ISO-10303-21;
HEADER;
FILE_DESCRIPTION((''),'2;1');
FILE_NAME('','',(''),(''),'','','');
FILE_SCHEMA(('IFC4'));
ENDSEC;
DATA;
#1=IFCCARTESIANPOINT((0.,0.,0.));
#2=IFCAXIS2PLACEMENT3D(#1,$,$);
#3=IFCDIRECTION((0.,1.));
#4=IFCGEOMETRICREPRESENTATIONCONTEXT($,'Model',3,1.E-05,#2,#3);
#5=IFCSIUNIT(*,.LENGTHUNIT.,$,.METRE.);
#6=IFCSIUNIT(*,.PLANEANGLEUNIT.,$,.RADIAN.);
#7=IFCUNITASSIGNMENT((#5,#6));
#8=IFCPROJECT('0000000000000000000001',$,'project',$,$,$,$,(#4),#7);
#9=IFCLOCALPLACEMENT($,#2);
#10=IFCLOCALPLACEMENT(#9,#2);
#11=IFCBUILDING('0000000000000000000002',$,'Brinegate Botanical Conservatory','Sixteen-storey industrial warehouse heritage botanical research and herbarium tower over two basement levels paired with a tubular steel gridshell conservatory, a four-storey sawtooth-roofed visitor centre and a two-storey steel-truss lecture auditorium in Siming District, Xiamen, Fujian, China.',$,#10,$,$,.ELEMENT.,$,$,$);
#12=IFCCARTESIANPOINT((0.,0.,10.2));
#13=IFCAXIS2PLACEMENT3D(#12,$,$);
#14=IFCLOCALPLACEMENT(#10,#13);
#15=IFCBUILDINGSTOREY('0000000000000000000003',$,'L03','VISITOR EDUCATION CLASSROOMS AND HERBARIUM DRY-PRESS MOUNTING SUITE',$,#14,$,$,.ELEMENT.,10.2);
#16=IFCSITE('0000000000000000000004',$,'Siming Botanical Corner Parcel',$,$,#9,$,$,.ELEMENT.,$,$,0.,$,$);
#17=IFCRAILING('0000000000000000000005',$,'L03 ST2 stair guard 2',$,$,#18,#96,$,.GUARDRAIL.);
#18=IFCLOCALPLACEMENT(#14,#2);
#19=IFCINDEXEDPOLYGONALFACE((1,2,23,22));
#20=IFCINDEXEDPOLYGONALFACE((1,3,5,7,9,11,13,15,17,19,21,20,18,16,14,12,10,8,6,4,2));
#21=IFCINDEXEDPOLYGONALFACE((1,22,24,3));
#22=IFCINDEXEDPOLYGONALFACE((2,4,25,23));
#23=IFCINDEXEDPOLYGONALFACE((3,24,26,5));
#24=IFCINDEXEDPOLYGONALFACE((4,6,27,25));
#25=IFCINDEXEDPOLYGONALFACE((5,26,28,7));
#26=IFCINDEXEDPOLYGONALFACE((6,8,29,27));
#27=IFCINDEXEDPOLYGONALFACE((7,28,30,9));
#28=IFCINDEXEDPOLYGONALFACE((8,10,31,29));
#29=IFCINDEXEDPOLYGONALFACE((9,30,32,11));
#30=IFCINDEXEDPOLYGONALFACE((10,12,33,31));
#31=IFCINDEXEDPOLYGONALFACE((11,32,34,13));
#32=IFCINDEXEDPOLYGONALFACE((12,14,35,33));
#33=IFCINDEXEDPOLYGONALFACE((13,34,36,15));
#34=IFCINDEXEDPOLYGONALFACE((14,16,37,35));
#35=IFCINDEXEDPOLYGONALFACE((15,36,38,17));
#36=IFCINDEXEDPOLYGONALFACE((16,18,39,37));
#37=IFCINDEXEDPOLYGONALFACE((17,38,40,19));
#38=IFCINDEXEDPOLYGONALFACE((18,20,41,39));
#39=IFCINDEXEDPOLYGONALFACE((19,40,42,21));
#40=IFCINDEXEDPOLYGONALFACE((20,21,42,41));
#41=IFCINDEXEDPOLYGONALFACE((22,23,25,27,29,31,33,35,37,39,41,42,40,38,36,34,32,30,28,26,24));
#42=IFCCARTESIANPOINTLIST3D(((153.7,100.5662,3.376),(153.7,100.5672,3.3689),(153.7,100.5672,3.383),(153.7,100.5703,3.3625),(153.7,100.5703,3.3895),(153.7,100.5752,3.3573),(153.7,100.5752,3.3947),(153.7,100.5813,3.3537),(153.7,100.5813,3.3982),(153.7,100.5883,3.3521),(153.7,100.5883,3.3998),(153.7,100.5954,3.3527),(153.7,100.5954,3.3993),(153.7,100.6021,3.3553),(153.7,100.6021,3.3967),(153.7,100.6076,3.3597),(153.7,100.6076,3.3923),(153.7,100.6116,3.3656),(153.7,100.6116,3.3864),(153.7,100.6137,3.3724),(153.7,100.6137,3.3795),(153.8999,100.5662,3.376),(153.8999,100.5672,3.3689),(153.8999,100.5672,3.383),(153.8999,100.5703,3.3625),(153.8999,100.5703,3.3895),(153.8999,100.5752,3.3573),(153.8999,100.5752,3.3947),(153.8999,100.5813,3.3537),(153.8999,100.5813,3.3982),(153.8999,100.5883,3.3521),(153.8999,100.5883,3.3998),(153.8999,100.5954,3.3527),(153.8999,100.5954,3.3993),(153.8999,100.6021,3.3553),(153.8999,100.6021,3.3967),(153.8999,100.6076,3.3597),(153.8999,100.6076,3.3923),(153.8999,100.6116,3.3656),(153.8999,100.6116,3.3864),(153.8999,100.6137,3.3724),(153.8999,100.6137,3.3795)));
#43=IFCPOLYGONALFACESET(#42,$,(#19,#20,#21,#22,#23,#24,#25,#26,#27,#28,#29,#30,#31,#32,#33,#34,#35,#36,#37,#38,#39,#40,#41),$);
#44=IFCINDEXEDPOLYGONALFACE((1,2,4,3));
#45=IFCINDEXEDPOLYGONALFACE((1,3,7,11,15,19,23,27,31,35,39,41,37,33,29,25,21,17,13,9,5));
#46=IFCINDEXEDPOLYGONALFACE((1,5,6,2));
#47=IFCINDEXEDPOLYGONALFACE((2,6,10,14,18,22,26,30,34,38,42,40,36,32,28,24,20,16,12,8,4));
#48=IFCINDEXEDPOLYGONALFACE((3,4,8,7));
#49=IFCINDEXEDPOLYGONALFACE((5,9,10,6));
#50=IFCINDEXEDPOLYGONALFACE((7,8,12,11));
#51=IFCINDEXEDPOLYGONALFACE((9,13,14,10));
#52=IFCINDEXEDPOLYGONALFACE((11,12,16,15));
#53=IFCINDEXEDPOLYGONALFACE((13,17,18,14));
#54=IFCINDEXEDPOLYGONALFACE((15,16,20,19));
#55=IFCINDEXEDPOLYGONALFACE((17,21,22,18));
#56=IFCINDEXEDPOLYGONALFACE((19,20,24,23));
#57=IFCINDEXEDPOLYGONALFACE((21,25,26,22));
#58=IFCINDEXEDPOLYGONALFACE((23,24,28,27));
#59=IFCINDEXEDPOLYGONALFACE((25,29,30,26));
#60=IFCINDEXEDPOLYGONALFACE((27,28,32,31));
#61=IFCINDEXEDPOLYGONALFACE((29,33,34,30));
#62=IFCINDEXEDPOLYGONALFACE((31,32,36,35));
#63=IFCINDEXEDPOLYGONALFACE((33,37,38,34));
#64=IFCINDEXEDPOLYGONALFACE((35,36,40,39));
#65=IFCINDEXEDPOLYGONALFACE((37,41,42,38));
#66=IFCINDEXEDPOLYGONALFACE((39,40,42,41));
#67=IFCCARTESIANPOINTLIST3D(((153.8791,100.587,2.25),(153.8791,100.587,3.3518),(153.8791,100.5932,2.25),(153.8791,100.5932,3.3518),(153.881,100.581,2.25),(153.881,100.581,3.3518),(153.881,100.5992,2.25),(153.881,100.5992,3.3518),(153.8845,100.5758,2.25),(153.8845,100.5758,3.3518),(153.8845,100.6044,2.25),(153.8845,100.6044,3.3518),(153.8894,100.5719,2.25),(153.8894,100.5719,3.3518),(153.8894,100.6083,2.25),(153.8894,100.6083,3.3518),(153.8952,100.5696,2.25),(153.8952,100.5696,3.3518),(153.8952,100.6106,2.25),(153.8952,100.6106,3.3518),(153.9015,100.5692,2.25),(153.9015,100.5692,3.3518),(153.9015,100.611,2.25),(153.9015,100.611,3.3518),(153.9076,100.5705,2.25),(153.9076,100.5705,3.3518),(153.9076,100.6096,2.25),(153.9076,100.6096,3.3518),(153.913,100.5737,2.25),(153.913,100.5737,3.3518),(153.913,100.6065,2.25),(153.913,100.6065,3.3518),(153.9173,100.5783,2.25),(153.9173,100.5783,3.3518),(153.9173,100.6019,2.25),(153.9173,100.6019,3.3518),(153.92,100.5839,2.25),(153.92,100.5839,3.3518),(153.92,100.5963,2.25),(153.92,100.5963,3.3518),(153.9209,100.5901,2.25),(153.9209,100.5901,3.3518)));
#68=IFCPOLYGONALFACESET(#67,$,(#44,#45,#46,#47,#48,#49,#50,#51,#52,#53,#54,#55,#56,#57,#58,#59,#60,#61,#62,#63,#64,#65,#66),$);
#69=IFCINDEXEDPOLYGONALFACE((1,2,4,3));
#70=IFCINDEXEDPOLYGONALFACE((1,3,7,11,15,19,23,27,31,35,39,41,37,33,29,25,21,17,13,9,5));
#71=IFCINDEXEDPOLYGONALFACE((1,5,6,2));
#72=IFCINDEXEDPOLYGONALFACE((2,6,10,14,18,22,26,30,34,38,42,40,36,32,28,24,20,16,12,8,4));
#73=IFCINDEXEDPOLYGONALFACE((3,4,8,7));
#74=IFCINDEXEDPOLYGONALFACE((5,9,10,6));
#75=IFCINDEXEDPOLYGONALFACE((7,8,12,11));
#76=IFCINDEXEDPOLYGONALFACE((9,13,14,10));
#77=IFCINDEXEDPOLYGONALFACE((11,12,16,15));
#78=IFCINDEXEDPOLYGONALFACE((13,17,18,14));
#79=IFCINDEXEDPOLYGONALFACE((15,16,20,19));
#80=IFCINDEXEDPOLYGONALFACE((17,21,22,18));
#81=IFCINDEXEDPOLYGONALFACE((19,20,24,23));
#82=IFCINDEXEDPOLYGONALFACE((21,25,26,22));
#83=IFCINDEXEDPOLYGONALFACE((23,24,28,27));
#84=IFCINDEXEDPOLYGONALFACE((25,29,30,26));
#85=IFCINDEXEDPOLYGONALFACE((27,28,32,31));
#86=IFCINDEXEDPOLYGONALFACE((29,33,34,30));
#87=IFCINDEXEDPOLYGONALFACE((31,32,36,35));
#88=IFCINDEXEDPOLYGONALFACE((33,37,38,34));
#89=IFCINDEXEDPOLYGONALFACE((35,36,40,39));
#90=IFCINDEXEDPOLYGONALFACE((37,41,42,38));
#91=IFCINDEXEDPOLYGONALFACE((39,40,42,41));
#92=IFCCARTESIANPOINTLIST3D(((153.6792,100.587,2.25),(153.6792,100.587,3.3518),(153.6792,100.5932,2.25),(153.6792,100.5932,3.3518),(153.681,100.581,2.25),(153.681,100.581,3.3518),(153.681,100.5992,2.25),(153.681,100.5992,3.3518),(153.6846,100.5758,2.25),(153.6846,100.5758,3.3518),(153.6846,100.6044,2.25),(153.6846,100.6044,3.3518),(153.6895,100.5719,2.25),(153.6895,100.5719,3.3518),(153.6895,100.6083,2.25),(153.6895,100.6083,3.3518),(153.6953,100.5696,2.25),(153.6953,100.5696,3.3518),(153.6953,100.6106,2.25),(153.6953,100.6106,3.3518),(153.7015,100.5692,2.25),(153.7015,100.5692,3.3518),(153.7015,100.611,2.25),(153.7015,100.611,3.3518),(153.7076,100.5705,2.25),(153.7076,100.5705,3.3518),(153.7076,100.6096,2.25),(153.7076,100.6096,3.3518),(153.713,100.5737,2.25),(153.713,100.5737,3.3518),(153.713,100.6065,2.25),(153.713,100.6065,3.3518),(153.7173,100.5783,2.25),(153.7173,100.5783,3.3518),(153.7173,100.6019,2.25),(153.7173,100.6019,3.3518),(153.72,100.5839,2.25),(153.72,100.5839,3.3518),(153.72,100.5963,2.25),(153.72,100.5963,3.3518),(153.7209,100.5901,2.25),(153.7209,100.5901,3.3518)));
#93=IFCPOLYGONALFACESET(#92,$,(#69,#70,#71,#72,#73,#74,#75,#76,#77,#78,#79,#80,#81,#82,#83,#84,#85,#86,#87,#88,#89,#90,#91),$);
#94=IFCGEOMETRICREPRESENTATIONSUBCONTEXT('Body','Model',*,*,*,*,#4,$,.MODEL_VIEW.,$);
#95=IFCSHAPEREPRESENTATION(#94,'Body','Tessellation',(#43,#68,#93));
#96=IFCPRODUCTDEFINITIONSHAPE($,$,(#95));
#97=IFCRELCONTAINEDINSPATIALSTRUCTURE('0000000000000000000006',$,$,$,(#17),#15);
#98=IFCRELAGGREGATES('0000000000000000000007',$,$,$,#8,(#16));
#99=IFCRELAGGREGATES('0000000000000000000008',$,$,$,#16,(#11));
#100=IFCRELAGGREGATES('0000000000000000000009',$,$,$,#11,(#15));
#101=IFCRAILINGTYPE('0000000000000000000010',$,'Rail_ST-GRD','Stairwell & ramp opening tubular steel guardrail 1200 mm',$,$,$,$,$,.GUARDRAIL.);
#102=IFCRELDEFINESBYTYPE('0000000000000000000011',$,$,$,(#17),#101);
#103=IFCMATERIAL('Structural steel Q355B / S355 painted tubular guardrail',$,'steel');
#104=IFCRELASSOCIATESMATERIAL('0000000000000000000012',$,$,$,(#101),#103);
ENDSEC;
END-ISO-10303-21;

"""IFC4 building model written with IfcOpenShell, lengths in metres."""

from ifc_helpers import new_model, si_unit, direction, frame, origin, origin_2d, place, context, subcontext, project, spatial, circle, extrude, material, type_object, element, save


model = new_model("IFC4")

# Units and contexts
model_context = context("Model", 3, precision=1e-05, world=origin(), true_north=direction((0.0, 1.0)))
body_context = subcontext(model_context, "Body", "Model", "MODEL_VIEW")
ifc_project = project(units=[si_unit("LENGTHUNIT", "METRE"), si_unit("PLANEANGLEUNIT", "RADIAN")], contexts=[model_context])

# Site, building, storey
site_placement = place(None, origin())
site = spatial("IfcSite", under=ifc_project, at=site_placement, Name="Siming Botanical Corner Parcel", CompositionType="ELEMENT", RefElevation=0.0)
building_placement = place(site_placement, origin())
building = spatial("IfcBuilding", under=site, at=building_placement, Name="Brinegate Botanical Conservatory", Description="Sixteen-storey industrial warehouse heritage botanical research and herbarium tower over two basement levels paired with a tubular steel gridshell conservatory, a four-storey sawtooth-roofed visitor centre and a two-storey steel-truss lecture auditorium in Siming District, Xiamen, Fujian, China.", CompositionType="ELEMENT")
storey_placement = place(building_placement, frame((0.0, 0.0, 10.2)))
storey = spatial("IfcBuildingStorey", under=building, at=storey_placement, Name="L03", Description="VISITOR EDUCATION CLASSROOMS AND HERBARIUM DRY-PRESS MOUNTING SUITE", CompositionType="ELEMENT", Elevation=10.2)

# Railing
ifc_material_1 = material(Name="Structural steel Q355B / S355 painted tubular guardrail", Category="steel")
railing_type_1 = type_object("IfcRailingType", Name="Rail_ST-GRD", Description="Stairwell & ramp opening tubular steel guardrail 1200 mm", PredefinedType="GUARDRAIL", material=ifc_material_1)
railing_1_placement = place(storey_placement, frame((153.8999, 100.5901, 2.25)))
element("IfcRailing", 1, at=railing_1_placement, inside=storey, type_object=railing_type_1, Name="L03 ST2 stair guard 2", PredefinedType="GUARDRAIL", context=body_context, shape_type="SweptSolid", body=[
    extrude(circle(Radius=0.0239, at=origin_2d()), frame((0.0, 0.0, 1.126), z_axis=(-1.0, 0.0, 0.0), x_axis=(0.0, -1.0, 0.0)), (0.0, 0.0, 1.0), 0.2),
    extrude(circle(Radius=0.021, at=origin_2d()), origin(), (0.0, 0.0, 1.0), 1.1018),
    extrude(circle(Radius=0.021, at=origin_2d()), frame((-0.2, 0.0, 0.0)), (0.0, 0.0, 1.0), 1.1018),
])

save(model, "model.ifc")
